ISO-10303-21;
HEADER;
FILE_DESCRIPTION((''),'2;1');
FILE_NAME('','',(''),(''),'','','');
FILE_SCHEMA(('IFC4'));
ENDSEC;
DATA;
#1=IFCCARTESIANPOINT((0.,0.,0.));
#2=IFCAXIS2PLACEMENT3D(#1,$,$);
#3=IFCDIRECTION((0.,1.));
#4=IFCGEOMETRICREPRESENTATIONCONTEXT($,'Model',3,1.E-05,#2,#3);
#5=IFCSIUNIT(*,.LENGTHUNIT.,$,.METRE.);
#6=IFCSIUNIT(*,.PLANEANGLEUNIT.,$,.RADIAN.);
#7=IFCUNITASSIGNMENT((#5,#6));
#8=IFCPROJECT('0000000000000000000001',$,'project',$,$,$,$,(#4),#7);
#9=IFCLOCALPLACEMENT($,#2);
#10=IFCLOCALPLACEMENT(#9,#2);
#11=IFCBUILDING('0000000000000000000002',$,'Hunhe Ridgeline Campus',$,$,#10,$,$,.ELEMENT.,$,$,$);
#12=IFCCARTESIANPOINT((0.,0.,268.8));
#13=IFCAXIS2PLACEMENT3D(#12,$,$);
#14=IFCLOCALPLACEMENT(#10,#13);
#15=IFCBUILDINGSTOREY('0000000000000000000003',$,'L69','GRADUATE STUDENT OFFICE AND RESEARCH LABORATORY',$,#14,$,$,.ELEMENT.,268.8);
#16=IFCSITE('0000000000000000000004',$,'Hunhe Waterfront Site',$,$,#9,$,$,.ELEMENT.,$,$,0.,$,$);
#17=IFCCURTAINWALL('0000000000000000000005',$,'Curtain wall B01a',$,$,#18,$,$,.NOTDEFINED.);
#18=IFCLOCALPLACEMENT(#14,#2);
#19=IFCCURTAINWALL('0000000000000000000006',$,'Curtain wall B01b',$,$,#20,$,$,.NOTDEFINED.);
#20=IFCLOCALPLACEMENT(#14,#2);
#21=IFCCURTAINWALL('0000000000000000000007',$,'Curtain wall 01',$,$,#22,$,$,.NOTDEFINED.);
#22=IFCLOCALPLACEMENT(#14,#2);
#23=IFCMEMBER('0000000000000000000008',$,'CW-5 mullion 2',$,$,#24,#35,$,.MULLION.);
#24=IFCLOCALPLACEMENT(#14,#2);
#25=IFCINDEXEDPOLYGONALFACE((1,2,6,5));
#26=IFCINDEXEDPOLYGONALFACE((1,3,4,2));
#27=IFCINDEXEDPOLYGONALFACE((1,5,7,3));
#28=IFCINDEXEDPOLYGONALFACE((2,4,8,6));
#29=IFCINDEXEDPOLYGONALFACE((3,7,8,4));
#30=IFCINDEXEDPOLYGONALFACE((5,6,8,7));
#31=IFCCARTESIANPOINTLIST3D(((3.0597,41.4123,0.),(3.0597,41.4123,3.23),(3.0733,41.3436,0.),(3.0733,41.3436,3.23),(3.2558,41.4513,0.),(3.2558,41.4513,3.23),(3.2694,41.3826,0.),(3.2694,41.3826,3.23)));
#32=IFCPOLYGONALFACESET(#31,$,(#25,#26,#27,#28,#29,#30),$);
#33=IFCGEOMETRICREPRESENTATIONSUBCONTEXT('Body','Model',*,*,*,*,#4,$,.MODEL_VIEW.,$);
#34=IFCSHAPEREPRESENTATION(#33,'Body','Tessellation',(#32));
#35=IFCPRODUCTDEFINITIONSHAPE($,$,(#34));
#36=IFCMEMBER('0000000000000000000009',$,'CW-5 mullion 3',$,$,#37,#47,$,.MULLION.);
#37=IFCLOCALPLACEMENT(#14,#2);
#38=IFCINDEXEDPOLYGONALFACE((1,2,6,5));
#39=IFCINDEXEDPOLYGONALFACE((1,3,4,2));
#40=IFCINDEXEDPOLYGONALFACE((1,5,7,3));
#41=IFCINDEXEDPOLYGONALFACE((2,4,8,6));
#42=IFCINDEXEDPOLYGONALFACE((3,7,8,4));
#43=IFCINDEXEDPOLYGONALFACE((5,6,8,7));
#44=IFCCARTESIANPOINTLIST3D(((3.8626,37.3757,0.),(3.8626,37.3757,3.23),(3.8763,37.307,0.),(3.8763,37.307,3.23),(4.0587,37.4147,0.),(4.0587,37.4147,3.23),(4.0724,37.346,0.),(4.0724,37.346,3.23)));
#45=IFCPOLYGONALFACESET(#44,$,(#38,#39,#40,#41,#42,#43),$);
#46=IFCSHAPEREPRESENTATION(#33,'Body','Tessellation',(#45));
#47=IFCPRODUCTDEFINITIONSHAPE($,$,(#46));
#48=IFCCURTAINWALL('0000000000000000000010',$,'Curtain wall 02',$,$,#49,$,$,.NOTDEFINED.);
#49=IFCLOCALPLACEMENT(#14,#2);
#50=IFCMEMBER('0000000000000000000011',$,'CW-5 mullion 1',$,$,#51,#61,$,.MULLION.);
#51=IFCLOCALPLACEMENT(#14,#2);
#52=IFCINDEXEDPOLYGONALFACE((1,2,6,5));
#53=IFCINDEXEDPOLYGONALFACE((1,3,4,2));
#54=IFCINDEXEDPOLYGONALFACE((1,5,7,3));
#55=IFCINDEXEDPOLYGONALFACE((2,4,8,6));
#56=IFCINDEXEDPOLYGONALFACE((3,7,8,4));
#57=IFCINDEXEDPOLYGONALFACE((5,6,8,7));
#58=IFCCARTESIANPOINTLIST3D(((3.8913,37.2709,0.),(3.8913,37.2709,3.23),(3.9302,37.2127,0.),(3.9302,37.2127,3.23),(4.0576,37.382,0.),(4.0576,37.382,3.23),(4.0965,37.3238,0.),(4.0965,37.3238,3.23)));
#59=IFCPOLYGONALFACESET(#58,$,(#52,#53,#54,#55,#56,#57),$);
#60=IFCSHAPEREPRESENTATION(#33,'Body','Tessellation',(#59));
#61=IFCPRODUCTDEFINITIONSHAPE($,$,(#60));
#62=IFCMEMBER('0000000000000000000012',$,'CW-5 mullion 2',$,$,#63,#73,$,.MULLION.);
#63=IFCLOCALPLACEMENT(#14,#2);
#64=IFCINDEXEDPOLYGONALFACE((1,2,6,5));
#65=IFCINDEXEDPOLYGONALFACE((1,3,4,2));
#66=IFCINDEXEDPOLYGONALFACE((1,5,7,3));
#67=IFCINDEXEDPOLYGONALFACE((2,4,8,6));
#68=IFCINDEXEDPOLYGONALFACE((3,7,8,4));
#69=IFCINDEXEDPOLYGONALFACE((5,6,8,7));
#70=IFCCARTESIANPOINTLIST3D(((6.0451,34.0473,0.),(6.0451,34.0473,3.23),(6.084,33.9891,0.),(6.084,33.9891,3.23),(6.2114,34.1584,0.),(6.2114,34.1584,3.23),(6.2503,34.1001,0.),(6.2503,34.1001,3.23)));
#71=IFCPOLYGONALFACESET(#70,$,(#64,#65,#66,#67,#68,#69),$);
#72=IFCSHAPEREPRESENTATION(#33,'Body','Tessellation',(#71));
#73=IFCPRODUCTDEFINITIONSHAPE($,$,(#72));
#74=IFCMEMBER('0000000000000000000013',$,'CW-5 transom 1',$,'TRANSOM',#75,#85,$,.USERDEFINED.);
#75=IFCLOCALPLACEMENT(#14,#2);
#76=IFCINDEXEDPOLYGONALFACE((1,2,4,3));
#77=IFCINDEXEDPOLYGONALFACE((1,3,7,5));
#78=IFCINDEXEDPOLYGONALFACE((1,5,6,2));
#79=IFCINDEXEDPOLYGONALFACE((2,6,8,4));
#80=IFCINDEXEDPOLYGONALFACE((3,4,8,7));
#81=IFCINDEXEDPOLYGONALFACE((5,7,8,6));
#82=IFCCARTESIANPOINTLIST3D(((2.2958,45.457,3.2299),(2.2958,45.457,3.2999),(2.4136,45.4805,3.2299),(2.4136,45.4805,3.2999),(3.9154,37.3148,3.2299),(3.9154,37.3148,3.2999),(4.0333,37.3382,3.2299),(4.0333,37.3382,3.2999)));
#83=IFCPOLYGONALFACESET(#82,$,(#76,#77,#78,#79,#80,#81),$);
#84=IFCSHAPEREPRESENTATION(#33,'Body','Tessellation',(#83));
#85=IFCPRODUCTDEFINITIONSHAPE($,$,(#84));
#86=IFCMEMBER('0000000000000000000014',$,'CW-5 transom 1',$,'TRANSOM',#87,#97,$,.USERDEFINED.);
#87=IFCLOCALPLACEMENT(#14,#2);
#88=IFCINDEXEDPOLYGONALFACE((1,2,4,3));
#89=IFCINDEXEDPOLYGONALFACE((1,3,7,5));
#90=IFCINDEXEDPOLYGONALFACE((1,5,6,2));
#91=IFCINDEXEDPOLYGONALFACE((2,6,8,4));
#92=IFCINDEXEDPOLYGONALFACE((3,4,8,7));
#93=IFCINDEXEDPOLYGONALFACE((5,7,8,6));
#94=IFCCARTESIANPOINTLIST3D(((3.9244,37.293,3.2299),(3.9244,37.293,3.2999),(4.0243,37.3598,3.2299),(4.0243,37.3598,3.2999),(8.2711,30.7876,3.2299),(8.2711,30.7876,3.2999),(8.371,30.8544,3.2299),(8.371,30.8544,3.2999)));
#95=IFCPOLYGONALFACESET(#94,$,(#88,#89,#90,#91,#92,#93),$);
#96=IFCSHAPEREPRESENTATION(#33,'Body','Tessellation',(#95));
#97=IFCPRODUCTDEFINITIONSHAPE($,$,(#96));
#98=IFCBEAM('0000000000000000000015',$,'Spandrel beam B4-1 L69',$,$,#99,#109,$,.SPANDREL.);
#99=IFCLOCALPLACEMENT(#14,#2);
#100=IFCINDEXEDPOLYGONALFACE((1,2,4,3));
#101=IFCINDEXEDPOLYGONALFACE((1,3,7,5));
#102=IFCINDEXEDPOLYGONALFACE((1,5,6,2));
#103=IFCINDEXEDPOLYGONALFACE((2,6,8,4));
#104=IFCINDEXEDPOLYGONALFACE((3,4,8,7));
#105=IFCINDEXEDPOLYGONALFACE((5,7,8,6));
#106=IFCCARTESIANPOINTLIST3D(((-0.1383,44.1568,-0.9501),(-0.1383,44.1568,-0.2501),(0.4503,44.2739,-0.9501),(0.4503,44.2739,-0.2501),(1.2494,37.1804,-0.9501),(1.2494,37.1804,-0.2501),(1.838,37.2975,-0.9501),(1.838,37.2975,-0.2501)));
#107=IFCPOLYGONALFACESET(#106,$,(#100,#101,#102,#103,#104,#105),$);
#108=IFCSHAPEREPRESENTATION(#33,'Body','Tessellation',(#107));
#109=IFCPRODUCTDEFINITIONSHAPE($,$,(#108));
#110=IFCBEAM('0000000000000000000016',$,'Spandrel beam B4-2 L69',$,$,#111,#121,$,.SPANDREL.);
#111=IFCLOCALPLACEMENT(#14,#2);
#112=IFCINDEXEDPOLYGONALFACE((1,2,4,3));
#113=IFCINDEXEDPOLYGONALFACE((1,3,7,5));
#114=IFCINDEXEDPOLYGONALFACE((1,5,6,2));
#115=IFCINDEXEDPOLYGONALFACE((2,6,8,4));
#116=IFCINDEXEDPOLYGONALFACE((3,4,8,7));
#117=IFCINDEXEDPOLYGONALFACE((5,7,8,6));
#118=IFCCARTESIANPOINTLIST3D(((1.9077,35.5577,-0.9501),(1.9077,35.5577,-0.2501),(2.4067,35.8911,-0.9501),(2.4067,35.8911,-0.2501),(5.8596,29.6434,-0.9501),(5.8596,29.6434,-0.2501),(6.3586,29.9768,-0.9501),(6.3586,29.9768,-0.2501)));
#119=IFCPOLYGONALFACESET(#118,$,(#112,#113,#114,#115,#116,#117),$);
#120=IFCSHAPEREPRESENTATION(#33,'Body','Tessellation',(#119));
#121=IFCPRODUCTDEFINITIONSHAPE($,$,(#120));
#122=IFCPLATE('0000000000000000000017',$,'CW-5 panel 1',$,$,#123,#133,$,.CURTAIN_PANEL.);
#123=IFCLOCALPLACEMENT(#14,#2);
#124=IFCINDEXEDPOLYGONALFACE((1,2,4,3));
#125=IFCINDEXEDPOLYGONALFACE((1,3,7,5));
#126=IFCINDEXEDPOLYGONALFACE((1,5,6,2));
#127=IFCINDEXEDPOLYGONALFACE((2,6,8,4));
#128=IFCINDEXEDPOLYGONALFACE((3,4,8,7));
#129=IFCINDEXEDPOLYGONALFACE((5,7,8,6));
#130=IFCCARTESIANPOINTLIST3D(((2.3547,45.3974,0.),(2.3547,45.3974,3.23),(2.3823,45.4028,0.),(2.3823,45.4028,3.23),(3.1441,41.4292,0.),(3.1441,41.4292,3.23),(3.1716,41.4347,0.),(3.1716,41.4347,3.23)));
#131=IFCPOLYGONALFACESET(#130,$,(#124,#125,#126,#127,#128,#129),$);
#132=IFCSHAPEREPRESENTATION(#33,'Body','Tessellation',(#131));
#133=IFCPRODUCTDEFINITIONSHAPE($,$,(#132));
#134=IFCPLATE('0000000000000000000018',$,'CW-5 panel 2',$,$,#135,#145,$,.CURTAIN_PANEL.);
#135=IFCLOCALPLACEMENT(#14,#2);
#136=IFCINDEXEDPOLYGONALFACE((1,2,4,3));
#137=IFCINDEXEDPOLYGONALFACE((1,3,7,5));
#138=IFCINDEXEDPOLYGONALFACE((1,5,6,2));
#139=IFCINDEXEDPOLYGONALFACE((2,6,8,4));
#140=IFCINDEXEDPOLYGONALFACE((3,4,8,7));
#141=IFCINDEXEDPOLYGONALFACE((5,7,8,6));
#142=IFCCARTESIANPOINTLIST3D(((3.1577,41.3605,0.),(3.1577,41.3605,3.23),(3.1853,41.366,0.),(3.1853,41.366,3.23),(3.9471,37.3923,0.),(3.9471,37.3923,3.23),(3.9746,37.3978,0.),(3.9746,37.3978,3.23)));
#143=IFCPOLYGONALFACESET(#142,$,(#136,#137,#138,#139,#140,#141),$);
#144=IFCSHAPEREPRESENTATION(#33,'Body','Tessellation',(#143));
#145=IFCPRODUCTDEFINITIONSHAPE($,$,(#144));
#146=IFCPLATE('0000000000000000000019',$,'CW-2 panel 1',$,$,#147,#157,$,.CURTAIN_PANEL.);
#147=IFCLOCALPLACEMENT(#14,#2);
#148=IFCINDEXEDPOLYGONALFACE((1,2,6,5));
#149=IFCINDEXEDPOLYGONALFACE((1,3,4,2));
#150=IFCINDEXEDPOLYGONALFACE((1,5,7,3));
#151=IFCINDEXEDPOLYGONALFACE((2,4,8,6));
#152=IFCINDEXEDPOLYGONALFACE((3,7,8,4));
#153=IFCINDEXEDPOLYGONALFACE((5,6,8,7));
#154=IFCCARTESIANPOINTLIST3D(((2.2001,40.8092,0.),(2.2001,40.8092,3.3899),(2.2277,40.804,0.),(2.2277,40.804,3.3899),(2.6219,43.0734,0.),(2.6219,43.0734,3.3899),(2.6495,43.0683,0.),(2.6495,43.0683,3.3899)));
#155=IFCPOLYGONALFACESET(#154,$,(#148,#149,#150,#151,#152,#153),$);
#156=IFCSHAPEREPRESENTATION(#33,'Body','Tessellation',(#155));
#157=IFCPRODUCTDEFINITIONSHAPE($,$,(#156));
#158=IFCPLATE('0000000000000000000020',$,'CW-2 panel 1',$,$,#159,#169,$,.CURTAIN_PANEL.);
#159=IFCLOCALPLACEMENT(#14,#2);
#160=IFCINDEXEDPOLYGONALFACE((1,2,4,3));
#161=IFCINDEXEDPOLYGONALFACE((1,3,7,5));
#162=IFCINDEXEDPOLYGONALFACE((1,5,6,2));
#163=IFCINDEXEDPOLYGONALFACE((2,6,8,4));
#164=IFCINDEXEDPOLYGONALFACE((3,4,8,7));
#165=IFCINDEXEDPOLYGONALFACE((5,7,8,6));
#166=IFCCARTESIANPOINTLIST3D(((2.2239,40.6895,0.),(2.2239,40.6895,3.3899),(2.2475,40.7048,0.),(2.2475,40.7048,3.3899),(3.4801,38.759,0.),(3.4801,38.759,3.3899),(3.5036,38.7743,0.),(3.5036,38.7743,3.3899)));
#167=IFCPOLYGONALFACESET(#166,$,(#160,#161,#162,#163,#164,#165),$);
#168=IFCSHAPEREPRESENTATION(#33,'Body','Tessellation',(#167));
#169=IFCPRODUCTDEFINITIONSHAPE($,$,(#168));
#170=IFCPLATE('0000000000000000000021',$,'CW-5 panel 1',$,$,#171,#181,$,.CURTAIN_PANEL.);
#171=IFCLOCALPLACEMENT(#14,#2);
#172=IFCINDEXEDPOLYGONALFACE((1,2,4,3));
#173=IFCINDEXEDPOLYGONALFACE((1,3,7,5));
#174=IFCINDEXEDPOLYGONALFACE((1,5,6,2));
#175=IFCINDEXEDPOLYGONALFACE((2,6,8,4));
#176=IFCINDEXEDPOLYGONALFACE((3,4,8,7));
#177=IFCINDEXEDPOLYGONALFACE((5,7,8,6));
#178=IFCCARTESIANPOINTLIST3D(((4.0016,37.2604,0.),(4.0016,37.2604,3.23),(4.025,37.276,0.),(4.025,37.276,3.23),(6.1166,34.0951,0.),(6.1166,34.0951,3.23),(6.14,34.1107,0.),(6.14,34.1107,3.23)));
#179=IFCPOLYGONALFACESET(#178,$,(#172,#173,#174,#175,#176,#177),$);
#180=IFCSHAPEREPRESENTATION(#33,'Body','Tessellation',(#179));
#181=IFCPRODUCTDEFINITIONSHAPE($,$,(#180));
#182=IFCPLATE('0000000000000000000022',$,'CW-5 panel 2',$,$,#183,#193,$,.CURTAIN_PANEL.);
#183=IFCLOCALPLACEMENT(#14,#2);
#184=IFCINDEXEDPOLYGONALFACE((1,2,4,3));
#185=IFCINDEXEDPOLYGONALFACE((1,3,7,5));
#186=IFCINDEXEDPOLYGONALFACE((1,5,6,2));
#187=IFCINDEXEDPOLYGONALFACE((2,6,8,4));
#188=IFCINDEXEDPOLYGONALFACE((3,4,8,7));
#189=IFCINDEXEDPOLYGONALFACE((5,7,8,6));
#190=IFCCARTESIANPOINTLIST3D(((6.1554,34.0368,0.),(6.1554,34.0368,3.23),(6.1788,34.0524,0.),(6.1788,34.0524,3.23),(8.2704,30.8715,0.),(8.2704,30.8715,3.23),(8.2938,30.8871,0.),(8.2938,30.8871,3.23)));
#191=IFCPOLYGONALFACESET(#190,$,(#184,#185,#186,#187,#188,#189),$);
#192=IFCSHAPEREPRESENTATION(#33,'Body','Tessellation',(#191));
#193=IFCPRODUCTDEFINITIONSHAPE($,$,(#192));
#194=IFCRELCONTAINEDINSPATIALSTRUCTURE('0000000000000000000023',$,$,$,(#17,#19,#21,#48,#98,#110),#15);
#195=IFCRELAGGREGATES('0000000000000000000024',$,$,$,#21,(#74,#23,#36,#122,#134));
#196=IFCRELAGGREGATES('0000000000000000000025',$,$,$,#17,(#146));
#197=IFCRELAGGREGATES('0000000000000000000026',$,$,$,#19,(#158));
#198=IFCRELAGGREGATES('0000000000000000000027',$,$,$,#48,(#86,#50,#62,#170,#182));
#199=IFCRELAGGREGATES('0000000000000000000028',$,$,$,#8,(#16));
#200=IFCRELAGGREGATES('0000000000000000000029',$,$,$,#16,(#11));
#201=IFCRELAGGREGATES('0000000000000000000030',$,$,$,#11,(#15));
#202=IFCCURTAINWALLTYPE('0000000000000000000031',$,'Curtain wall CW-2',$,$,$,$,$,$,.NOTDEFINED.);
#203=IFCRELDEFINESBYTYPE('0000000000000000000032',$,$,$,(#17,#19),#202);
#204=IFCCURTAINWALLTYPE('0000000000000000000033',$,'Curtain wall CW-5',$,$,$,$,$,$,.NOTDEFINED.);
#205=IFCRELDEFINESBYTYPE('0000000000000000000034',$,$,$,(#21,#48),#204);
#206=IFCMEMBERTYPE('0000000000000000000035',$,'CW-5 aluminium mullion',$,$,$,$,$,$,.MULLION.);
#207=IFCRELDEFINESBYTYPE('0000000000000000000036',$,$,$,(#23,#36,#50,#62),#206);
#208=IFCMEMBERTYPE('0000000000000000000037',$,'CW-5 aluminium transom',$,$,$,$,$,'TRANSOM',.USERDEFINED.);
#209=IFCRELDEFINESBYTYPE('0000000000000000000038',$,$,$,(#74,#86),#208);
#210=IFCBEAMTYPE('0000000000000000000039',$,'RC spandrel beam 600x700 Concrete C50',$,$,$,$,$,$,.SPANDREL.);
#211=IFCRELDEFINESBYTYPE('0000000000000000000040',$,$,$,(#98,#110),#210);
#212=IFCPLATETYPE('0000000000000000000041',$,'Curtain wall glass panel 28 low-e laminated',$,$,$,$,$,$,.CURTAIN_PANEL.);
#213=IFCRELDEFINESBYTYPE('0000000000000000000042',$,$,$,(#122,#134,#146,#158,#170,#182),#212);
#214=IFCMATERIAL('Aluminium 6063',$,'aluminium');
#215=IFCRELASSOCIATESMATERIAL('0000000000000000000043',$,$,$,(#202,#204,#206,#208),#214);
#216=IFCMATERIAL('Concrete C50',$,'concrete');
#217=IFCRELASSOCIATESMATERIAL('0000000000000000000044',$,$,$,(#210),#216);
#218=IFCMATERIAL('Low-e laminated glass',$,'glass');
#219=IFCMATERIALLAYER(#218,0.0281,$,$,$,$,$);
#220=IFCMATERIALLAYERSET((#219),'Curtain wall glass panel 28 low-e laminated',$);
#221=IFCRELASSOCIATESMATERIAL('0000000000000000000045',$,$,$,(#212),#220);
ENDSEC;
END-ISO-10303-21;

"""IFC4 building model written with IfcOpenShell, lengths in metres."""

from ifc_helpers import new_model, si_unit, direction, frame, origin, origin_2d, place, context, subcontext, project, spatial, rectangle, extrude, material, layer, layer_set, material_profile, profile_set, type_object, element, aggregate, save


model = new_model("IFC4")

# Units and contexts
model_context = context("Model", 3, precision=1e-05, world=origin(), true_north=direction((0.0, 1.0)))
body_context = subcontext(model_context, "Body", "Model", "MODEL_VIEW")
ifc_project = project(units=[si_unit("LENGTHUNIT", "METRE"), si_unit("PLANEANGLEUNIT", "RADIAN")], contexts=[model_context])

# Site, building, storey
site_placement = place(None, origin())
site = spatial("IfcSite", under=ifc_project, at=site_placement, Name="Hunhe Waterfront Site", CompositionType="ELEMENT", RefElevation=0.0)
building_placement = place(site_placement, origin())
building = spatial("IfcBuilding", under=site, at=building_placement, Name="Hunhe Ridgeline Campus", CompositionType="ELEMENT")
storey_placement = place(building_placement, frame((0.0, 0.0, 268.8)))
storey = spatial("IfcBuildingStorey", under=building, at=storey_placement, Name="L69", Description="GRADUATE STUDENT OFFICE AND RESEARCH LABORATORY", CompositionType="ELEMENT", Elevation=268.8)

# Curtain walls
ifc_material_1 = material(Name="Aluminium 6063", Category="aluminium")
curtain_wall_type_1 = type_object("IfcCurtainWallType", Name="Curtain wall CW-2", PredefinedType="NOTDEFINED", material=ifc_material_1)
curtain_wall_1_placement = place(storey_placement, origin())
curtain_wall_1 = element("IfcCurtainWall", 1, at=curtain_wall_1_placement, inside=storey, type_object=curtain_wall_type_1, Name="Curtain wall B01a", PredefinedType="NOTDEFINED")
curtain_wall_2_placement = place(storey_placement, origin())
curtain_wall_2 = element("IfcCurtainWall", 2, at=curtain_wall_2_placement, inside=storey, type_object=curtain_wall_type_1, Name="Curtain wall B01b", PredefinedType="NOTDEFINED")

# Curtain walls, members
curtain_wall_type_2 = type_object("IfcCurtainWallType", Name="Curtain wall CW-5", PredefinedType="NOTDEFINED", material=ifc_material_1)
curtain_wall_3_placement = place(storey_placement, origin())
curtain_wall_3 = element("IfcCurtainWall", 3, at=curtain_wall_3_placement, inside=storey, type_object=curtain_wall_type_2, Name="Curtain wall 01", PredefinedType="NOTDEFINED")
ifc_material_profile_1 = material_profile(ifc_material_1, rectangle(XDim=0.2, YDim=0.0701, at=origin_2d()))
ifc_profile_set_1 = profile_set([ifc_material_profile_1], Name="Aluminium 6063")
member_type_1 = type_object("IfcMemberType", Name="CW-5 aluminium mullion", PredefinedType="MULLION", material=ifc_profile_set_1)
member_1_placement = place(storey_placement, frame((3.1646, 41.3975, 0.0), z_axis=(0.0, 0.0, 1.0), x_axis=(0.980784, 0.195095, 0.0)))
member_1 = element("IfcMember", 4, at=member_1_placement, type_object=member_type_1, Name="CW-5 mullion 2", PredefinedType="MULLION", context=body_context, shape_type="SweptSolid", body=[
    extrude(rectangle(XDim=0.2, YDim=0.0701, at=origin_2d()), origin(), (0.0, 0.0, 1.0), 3.23),
])
member_2_placement = place(storey_placement, frame((3.9675, 37.3608, 0.0), z_axis=(0.0, 0.0, 1.0), x_axis=(0.980784, 0.195095, 0.0)))
member_2 = element("IfcMember", 5, at=member_2_placement, type_object=member_type_1, Name="CW-5 mullion 3", PredefinedType="MULLION", context=body_context, shape_type="SweptSolid", body=[
    extrude(rectangle(XDim=0.2, YDim=0.0701, at=origin_2d()), origin(), (0.0, 0.0, 1.0), 3.23),
])
curtain_wall_4_placement = place(storey_placement, origin())
curtain_wall_4 = element("IfcCurtainWall", 6, at=curtain_wall_4_placement, inside=storey, type_object=curtain_wall_type_2, Name="Curtain wall 02", PredefinedType="NOTDEFINED")
member_3_placement = place(storey_placement, frame((3.9939, 37.2974, 0.0), z_axis=(0.0, 0.0, 1.0), x_axis=(0.83147, 0.55557, 0.0)))
member_3 = element("IfcMember", 7, at=member_3_placement, type_object=member_type_1, Name="CW-5 mullion 1", PredefinedType="MULLION", context=body_context, shape_type="SweptSolid", body=[
    extrude(rectangle(XDim=0.2, YDim=0.0701, at=origin_2d()), origin(), (0.0, 0.0, 1.0), 3.23),
])
member_4_placement = place(storey_placement, frame((6.1477, 34.0737, 0.0), z_axis=(0.0, 0.0, 1.0), x_axis=(0.83147, 0.55557, 0.0)))
member_4 = element("IfcMember", 8, at=member_4_placement, type_object=member_type_1, Name="CW-5 mullion 2", PredefinedType="MULLION", context=body_context, shape_type="SweptSolid", body=[
    extrude(rectangle(XDim=0.2, YDim=0.0701, at=origin_2d()), origin(), (0.0, 0.0, 1.0), 3.23),
])

# Members
ifc_material_profile_2 = material_profile(ifc_material_1, rectangle(XDim=0.1201, YDim=0.0701, at=origin_2d()))
ifc_profile_set_2 = profile_set([ifc_material_profile_2], Name="Aluminium 6063")
member_type_2 = type_object("IfcMemberType", Name="CW-5 aluminium transom", ElementType="TRANSOM", PredefinedType="USERDEFINED", material=ifc_profile_set_2)
member_5_placement = place(storey_placement, frame((2.3547, 45.4688, 3.2649), z_axis=(0.195092, -0.980785, 0.0), x_axis=(0.980785, 0.195092, 0.0)))
member_5 = element("IfcMember", 9, at=member_5_placement, type_object=member_type_2, Name="CW-5 transom 1", ObjectType="TRANSOM", PredefinedType="USERDEFINED", context=body_context, shape_type="SweptSolid", body=[
    extrude(rectangle(XDim=0.1201, YDim=0.0701, at=origin_2d()), origin(), (0.0, 0.0, 1.0), 8.3018),
])
member_6_placement = place(storey_placement, frame((3.9744, 37.3264, 3.2649), z_axis=(0.555564, -0.831474, 0.0), x_axis=(0.831474, 0.555564, 0.0)))
member_6 = element("IfcMember", 10, at=member_6_placement, type_object=member_type_2, Name="CW-5 transom 1", ObjectType="TRANSOM", PredefinedType="USERDEFINED", context=body_context, shape_type="SweptSolid", body=[
    extrude(rectangle(XDim=0.1201, YDim=0.0701, at=origin_2d()), origin(), (0.0, 0.0, 1.0), 7.824),
])

# Beams
ifc_material_2 = material(Name="Concrete C50", Category="concrete")
ifc_material_profile_3 = material_profile(ifc_material_2, rectangle(XDim=0.6001, YDim=0.7, at=origin_2d()))
ifc_profile_set_3 = profile_set([ifc_material_profile_3], Name="Concrete C50")
beam_type = type_object("IfcBeamType", Name="RC spandrel beam 600x700 Concrete C50", PredefinedType="SPANDREL", material=ifc_profile_set_3)
for number, where, z_axis, x_axis, name in (
    (11, (0.156, 44.2153, -0.6001), (0.195093, -0.980785, 0.0), (0.980785, 0.195093, 0.0), "Spandrel beam B4-1 L69"),
    (12, (2.1572, 35.7244, -0.6001), (0.555579, -0.831464, 0.0), (0.831464, 0.555579, 0.0), "Spandrel beam B4-2 L69"),
):
    element("IfcBeam", number, at=place(storey_placement, frame(where, z_axis=z_axis, x_axis=x_axis)), inside=storey, type_object=beam_type, Name=name, PredefinedType="SPANDREL", context=body_context, shape_type="SweptSolid", body=[
        extrude(rectangle(XDim=0.6001, YDim=0.7, at=origin_2d()), origin(), (0.0, 0.0, 1.0), 7.113),
    ])

# Plates
ifc_material_3 = material(Name="Low-e laminated glass", Category="glass")
ifc_layer_1 = layer(ifc_material_3, 0.0281)
ifc_layer_set_1 = layer_set([ifc_layer_1], Name="Curtain wall glass panel 28 low-e laminated")
plate_type = type_object("IfcPlateType", Name="Curtain wall glass panel 28 low-e laminated", PredefinedType="CURTAIN_PANEL", material=ifc_layer_set_1)
plate_1_placement = place(storey_placement, frame((2.7632, 43.416, 0.0), z_axis=(0.0, 0.0, 1.0), x_axis=(0.195095, -0.980784, 0.0)))
plate_1 = element("IfcPlate", 13, at=plate_1_placement, type_object=plate_type, Name="CW-5 panel 1", PredefinedType="CURTAIN_PANEL", context=body_context, shape_type="SweptSolid", body=[
    extrude(rectangle(XDim=4.0459, YDim=0.0281, at=origin_2d()), origin(), (0.0, 0.0, 1.0), 3.23),
])
plate_2_placement = place(storey_placement, frame((3.5662, 39.3792, 0.0), z_axis=(0.0, 0.0, 1.0), x_axis=(0.195095, -0.980784, 0.0)))
plate_2 = element("IfcPlate", 14, at=plate_2_placement, type_object=plate_type, Name="CW-5 panel 2", PredefinedType="CURTAIN_PANEL", context=body_context, shape_type="SweptSolid", body=[
    extrude(rectangle(XDim=4.0459, YDim=0.0281, at=origin_2d()), origin(), (0.0, 0.0, 1.0), 3.23),
])
aggregate(curtain_wall_3, [member_5, member_1, member_2, plate_1, plate_2])
plate_3_placement = place(storey_placement, frame((2.4248, 41.9387, 0.0), z_axis=(0.0, 0.0, 1.0), x_axis=(-0.183113, -0.983092, 0.0)))
plate_3 = element("IfcPlate", 15, at=plate_3_placement, type_object=plate_type, Name="CW-2 panel 1", PredefinedType="CURTAIN_PANEL", context=body_context, shape_type="SweptSolid", body=[
    extrude(rectangle(XDim=2.3032, YDim=0.0281, at=origin_2d()), origin(), (0.0, 0.0, 1.0), 3.3899),
])
aggregate(curtain_wall_1, [plate_3])
plate_4_placement = place(storey_placement, frame((2.8638, 39.7319, 0.0), z_axis=(0.0, 0.0, 1.0), x_axis=(0.545395, -0.838179, 0.0)))
plate_4 = element("IfcPlate", 16, at=plate_4_placement, type_object=plate_type, Name="CW-2 panel 1", PredefinedType="CURTAIN_PANEL", context=body_context, shape_type="SweptSolid", body=[
    extrude(rectangle(XDim=2.3032, YDim=0.0281, at=origin_2d()), origin(), (0.0, 0.0, 1.0), 3.3899),
])
aggregate(curtain_wall_2, [plate_4])
plate_5_placement = place(storey_placement, frame((5.0708, 35.6855, 0.0), z_axis=(0.0, 0.0, 1.0), x_axis=(0.55557, -0.83147, 0.0)))
plate_5 = element("IfcPlate", 17, at=plate_5_placement, type_object=plate_type, Name="CW-5 panel 1", PredefinedType="CURTAIN_PANEL", context=body_context, shape_type="SweptSolid", body=[
    extrude(rectangle(XDim=3.8069, YDim=0.0281, at=origin_2d()), origin(), (0.0, 0.0, 1.0), 3.23),
])
plate_6_placement = place(storey_placement, frame((7.2246, 32.4619, 0.0), z_axis=(0.0, 0.0, 1.0), x_axis=(0.55557, -0.83147, 0.0)))
plate_6 = element("IfcPlate", 18, at=plate_6_placement, type_object=plate_type, Name="CW-5 panel 2", PredefinedType="CURTAIN_PANEL", context=body_context, shape_type="SweptSolid", body=[
    extrude(rectangle(XDim=3.8069, YDim=0.0281, at=origin_2d()), origin(), (0.0, 0.0, 1.0), 3.23),
])
aggregate(curtain_wall_4, [member_6, member_3, member_4, plate_5, plate_6])

save(model, "model.ifc")
